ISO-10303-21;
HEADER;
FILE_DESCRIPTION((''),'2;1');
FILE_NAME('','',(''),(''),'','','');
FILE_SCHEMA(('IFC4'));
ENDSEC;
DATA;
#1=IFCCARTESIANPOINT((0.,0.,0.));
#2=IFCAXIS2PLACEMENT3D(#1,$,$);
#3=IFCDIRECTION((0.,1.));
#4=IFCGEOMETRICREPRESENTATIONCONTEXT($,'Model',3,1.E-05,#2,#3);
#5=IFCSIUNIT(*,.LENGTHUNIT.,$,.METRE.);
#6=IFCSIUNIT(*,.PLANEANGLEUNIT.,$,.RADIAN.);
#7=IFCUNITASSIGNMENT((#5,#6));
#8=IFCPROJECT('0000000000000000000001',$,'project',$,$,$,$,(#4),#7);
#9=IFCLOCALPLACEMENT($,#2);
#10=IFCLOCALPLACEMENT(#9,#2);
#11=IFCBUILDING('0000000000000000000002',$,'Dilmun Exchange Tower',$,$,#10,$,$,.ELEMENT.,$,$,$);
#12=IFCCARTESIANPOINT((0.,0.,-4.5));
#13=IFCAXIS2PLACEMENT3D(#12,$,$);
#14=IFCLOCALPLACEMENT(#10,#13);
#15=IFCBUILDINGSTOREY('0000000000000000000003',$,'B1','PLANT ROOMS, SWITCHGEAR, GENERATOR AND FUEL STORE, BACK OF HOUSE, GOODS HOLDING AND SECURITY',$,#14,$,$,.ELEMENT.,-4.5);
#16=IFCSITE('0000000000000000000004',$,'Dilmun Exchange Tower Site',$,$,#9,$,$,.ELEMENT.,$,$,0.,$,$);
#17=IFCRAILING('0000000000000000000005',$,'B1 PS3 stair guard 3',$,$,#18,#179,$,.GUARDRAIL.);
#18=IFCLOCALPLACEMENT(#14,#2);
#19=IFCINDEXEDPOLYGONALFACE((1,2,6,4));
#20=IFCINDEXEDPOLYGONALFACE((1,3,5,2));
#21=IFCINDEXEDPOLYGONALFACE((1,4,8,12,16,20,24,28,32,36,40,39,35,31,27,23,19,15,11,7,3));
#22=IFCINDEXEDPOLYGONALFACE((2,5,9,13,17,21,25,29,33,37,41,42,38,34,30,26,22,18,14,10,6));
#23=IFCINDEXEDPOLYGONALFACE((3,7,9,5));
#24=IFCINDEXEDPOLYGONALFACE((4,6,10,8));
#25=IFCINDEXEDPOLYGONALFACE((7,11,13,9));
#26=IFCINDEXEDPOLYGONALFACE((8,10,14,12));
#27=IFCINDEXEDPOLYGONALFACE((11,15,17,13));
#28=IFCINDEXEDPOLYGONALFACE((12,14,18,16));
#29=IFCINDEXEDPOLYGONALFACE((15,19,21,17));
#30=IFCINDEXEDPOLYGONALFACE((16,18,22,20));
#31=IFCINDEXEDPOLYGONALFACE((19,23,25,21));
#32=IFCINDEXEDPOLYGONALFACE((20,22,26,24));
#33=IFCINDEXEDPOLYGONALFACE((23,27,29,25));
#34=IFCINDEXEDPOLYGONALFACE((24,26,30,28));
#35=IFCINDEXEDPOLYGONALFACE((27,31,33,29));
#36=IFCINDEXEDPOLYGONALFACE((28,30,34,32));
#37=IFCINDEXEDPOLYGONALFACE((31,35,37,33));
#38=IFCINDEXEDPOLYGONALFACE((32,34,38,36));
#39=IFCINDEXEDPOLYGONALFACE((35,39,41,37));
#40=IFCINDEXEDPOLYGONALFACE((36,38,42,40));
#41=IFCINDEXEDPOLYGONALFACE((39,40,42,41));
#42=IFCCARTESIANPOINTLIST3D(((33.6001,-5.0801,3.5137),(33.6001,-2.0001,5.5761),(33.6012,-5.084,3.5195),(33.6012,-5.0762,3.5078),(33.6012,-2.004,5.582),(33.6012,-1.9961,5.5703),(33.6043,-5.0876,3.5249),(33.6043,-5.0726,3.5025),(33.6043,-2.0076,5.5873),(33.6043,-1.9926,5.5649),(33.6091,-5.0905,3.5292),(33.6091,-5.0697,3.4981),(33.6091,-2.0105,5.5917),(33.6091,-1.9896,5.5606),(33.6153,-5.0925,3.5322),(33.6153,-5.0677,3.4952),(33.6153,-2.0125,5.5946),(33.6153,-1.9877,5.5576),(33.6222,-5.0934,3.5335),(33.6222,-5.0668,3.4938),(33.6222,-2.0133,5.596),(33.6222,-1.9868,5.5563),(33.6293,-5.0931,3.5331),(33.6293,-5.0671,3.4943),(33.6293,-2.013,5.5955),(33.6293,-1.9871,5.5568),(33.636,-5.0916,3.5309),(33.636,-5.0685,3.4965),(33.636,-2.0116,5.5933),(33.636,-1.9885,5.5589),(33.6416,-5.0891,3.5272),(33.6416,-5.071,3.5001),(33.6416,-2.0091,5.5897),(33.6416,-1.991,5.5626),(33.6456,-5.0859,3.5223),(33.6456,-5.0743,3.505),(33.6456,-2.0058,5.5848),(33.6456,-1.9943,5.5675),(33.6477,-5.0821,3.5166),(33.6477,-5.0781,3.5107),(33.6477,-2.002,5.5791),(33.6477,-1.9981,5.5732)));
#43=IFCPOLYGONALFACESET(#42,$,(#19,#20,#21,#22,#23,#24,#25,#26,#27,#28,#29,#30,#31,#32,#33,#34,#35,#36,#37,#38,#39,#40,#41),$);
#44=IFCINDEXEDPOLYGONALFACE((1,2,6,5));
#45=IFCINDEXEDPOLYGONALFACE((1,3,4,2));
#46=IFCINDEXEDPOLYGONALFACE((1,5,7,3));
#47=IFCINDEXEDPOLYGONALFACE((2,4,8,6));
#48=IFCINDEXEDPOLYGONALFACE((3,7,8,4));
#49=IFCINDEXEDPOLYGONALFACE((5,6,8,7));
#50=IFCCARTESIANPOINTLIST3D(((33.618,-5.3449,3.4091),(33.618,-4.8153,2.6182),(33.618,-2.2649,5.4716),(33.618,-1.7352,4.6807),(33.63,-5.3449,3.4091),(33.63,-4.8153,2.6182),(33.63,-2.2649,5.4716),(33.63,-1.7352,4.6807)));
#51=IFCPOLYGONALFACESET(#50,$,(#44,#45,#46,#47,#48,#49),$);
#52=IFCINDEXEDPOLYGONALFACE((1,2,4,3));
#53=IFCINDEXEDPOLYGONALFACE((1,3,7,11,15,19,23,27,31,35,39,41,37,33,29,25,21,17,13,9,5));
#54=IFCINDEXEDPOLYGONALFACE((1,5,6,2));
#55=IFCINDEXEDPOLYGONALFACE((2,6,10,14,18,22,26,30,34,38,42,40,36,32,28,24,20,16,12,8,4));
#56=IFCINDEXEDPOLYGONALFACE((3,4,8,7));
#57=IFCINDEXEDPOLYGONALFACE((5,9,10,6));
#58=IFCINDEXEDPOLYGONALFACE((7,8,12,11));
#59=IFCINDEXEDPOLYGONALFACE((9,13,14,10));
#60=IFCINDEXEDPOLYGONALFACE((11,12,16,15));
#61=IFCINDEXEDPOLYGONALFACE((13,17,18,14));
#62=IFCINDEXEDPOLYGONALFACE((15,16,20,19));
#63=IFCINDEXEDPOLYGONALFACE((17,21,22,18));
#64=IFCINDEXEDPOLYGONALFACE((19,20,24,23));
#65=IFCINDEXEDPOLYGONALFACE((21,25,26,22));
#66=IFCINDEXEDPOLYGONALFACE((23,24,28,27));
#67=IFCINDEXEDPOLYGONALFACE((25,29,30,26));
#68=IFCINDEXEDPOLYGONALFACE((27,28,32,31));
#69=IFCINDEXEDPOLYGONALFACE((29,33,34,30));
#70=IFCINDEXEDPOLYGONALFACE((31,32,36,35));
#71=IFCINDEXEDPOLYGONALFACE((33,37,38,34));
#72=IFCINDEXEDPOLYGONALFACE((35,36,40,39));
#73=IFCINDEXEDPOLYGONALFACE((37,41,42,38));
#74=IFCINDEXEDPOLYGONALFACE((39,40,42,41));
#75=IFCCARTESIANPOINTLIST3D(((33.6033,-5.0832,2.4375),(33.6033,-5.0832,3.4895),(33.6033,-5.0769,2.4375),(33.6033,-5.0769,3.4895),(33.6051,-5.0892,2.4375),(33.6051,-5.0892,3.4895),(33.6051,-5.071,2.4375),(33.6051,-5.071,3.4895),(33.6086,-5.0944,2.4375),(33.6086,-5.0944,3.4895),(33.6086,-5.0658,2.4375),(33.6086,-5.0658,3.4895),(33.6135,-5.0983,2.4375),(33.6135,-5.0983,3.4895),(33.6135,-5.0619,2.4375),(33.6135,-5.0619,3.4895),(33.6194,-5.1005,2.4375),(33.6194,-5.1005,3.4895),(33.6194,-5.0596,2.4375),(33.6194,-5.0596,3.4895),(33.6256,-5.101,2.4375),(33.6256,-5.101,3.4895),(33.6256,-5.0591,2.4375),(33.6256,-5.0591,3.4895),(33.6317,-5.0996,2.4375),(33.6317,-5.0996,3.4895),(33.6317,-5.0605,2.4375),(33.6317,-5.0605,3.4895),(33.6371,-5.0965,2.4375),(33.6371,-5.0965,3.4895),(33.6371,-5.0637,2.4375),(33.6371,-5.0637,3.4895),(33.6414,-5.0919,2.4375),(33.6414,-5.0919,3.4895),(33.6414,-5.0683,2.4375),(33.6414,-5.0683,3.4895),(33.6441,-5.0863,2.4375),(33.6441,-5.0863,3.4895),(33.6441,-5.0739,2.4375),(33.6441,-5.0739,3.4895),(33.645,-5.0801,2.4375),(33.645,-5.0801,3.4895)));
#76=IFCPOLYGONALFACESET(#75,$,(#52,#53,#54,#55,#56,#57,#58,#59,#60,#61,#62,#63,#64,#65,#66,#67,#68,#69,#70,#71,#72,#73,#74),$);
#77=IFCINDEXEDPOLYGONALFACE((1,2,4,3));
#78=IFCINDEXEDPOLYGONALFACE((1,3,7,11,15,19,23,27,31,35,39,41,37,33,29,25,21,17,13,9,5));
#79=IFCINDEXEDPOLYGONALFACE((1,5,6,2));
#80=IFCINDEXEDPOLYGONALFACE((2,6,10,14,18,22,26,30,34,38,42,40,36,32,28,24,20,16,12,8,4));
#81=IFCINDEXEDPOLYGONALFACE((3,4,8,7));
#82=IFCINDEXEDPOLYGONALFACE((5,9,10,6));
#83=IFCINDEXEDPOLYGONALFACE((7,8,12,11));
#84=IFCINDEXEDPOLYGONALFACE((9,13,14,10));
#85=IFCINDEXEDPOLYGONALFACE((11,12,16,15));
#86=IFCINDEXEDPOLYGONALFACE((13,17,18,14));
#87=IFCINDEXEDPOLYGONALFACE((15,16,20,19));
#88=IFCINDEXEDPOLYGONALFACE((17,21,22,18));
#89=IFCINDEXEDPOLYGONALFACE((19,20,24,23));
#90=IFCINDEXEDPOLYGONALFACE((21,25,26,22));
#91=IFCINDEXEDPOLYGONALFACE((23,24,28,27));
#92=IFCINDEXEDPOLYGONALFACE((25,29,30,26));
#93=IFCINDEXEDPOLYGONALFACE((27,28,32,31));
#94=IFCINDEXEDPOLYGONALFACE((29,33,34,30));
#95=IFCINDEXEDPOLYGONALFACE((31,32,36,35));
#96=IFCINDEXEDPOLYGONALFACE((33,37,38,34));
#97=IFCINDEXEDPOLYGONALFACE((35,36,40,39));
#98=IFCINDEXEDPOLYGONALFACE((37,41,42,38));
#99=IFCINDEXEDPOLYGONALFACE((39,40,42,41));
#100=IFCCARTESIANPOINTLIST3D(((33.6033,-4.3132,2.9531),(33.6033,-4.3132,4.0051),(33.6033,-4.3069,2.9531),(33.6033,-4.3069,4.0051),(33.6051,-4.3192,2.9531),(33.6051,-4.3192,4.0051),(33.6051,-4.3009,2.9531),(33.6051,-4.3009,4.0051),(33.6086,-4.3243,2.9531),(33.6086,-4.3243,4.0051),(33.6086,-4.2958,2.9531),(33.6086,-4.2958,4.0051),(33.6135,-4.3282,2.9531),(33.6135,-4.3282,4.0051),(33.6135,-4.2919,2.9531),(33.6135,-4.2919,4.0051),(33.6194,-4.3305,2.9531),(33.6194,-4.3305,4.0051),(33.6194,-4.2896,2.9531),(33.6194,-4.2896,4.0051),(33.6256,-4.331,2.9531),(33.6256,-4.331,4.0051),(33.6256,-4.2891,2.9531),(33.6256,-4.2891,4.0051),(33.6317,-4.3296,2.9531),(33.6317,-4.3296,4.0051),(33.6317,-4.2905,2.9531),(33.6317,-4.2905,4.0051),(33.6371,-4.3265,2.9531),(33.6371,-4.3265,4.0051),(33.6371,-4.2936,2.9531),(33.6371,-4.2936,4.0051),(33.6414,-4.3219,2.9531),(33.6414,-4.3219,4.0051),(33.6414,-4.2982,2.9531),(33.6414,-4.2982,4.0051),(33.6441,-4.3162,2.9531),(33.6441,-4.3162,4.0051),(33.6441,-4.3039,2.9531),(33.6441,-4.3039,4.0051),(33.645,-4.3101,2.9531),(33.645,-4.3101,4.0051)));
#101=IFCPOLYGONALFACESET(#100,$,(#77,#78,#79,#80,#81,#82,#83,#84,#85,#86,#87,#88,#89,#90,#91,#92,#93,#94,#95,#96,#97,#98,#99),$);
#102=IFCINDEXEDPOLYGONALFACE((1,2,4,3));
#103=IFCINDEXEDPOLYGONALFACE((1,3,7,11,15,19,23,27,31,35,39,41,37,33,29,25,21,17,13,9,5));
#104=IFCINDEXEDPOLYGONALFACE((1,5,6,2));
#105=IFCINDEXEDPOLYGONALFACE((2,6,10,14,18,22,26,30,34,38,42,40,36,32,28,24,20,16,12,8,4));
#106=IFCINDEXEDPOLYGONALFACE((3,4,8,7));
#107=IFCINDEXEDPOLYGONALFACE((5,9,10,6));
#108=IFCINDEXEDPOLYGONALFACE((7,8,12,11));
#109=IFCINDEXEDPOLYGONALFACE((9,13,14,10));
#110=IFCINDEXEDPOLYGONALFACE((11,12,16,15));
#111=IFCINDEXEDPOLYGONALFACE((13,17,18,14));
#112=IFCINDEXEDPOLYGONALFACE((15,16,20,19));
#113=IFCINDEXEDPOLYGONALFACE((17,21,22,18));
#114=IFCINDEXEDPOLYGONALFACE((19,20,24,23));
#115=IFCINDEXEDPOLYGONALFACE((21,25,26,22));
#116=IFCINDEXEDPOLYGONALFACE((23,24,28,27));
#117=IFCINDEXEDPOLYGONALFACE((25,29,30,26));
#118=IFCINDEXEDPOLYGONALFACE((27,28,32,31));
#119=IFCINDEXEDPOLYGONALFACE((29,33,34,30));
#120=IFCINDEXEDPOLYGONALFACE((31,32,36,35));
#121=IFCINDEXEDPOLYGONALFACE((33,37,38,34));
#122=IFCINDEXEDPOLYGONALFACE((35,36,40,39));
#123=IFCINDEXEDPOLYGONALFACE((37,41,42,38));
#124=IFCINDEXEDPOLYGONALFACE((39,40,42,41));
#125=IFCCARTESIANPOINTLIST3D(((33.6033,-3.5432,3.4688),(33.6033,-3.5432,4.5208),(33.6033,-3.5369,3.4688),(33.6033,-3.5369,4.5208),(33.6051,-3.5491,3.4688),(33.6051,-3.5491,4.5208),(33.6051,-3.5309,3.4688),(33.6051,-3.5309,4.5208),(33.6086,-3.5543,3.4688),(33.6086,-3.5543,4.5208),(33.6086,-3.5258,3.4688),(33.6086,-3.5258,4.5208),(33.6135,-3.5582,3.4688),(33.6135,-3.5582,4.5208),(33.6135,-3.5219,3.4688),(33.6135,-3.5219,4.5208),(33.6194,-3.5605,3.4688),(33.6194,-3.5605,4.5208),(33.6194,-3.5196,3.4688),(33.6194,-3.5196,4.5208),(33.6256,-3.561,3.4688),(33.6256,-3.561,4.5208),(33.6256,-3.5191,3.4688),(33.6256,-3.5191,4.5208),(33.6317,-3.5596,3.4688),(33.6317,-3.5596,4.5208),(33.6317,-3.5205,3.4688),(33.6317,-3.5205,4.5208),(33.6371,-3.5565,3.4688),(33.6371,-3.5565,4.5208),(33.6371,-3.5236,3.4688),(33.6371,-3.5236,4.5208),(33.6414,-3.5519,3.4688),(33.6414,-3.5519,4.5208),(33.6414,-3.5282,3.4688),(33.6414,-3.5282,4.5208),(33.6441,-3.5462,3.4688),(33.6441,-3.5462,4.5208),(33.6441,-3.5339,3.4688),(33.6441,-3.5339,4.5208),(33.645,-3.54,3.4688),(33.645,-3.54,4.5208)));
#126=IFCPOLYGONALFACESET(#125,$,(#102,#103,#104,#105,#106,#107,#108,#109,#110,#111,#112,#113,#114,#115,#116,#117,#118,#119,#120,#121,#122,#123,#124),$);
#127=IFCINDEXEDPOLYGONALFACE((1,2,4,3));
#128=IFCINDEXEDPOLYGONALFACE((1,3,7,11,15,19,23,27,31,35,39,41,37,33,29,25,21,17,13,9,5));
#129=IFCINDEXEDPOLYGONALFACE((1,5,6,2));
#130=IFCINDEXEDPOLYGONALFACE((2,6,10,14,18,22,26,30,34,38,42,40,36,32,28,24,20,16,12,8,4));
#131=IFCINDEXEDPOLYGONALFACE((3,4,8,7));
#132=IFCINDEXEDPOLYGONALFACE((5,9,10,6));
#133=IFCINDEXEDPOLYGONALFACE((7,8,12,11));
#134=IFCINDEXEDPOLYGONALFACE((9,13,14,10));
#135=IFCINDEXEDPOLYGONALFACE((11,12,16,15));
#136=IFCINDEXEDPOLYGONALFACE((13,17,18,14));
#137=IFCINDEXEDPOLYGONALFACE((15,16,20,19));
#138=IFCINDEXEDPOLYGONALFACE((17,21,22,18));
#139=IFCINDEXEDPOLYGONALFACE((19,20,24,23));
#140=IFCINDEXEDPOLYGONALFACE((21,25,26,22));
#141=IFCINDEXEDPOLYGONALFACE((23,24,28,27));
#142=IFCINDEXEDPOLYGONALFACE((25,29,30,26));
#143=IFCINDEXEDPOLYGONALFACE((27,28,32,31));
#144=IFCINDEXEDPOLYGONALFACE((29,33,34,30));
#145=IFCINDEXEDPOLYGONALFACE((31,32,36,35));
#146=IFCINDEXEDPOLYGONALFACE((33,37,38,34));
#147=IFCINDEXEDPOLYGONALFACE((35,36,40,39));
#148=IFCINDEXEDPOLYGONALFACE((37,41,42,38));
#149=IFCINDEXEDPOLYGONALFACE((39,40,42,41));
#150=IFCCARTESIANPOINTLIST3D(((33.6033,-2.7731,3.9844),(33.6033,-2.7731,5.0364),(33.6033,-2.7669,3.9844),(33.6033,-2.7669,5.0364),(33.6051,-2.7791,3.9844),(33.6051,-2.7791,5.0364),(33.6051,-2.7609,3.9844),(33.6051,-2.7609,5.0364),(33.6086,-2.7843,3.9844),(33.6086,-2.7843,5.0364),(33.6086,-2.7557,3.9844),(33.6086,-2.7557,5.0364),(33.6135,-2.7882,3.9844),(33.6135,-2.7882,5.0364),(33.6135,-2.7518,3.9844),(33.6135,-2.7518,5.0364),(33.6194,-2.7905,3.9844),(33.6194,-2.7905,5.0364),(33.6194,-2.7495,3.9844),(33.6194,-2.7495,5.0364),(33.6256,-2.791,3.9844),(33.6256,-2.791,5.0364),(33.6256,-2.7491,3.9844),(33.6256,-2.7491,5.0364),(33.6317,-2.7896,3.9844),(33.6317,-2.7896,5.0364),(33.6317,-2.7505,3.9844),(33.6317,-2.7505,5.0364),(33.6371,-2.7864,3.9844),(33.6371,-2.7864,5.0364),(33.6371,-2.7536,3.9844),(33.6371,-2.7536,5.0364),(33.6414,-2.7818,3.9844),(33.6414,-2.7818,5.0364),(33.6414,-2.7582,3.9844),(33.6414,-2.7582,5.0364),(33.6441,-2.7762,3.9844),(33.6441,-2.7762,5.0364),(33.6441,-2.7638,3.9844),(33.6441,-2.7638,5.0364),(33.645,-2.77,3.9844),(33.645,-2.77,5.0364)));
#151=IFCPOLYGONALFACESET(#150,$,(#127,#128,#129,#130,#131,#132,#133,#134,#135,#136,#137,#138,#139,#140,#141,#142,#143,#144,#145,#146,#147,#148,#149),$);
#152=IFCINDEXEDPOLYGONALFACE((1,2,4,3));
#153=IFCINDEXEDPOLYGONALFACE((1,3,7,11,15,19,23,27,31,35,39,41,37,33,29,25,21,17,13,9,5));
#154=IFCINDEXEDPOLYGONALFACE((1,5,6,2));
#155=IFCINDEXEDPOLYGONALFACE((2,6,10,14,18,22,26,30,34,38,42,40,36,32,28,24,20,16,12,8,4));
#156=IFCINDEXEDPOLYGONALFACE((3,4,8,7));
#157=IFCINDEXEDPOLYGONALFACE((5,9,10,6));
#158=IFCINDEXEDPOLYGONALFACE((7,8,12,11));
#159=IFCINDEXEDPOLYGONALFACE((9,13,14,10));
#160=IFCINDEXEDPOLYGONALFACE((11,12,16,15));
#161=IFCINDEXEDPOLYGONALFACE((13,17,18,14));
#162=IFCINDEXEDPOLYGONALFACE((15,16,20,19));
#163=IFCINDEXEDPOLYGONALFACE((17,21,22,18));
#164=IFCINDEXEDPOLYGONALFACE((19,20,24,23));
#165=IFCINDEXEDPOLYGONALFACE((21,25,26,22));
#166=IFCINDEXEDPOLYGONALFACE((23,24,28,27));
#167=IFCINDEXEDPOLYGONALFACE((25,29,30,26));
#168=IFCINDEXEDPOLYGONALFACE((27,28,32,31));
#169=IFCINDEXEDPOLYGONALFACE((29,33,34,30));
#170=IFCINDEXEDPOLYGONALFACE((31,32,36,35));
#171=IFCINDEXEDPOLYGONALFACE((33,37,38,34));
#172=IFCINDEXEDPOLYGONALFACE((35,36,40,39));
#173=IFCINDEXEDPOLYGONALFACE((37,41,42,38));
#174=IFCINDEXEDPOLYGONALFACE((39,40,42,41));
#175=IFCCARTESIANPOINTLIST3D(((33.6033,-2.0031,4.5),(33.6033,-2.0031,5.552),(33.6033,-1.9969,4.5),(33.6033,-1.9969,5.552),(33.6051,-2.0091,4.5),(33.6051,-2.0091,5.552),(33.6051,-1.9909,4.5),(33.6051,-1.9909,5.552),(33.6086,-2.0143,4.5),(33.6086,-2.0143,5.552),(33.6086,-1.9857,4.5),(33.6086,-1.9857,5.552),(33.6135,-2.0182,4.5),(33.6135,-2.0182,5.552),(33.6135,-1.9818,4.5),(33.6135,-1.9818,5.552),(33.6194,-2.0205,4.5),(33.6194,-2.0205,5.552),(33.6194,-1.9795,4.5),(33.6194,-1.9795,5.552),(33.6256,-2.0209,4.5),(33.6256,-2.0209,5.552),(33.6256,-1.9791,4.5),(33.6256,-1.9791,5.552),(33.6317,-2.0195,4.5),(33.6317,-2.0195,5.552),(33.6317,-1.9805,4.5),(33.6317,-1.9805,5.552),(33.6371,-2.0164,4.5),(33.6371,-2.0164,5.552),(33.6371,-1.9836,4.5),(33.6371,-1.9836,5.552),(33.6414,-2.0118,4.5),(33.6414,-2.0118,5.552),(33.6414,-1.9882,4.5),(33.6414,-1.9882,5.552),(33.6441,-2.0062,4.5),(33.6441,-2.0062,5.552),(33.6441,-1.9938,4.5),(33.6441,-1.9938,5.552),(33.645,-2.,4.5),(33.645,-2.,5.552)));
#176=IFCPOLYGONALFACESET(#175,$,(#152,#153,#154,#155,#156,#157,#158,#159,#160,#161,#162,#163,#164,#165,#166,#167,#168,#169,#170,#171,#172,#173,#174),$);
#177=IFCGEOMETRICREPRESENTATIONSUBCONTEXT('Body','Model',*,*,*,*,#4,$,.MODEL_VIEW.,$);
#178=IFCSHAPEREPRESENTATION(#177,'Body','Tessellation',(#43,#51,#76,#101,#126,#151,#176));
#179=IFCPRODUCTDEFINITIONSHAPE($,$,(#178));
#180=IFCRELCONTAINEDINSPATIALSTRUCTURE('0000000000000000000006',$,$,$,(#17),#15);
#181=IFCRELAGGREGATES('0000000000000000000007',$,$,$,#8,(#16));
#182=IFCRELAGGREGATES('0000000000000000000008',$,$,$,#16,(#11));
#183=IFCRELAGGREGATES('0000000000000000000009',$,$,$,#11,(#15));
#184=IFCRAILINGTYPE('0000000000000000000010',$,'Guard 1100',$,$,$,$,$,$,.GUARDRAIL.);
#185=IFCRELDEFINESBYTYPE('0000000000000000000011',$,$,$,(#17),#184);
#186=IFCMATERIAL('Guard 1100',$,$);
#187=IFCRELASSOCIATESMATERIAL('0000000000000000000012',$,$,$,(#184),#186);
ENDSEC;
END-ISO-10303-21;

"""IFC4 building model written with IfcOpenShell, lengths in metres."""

from ifc_helpers import new_model, si_unit, direction, frame, origin, origin_2d, place, context, subcontext, project, spatial, rectangle, circle, extrude, material, type_object, element, save


model = new_model("IFC4")

# Units and contexts
model_context = context("Model", 3, precision=1e-05, world=origin(), true_north=direction((0.0, 1.0)))
body_context = subcontext(model_context, "Body", "Model", "MODEL_VIEW")
ifc_project = project(units=[si_unit("LENGTHUNIT", "METRE"), si_unit("PLANEANGLEUNIT", "RADIAN")], contexts=[model_context])

# Site, building, storey
site_placement = place(None, origin())
site = spatial("IfcSite", under=ifc_project, at=site_placement, Name="Dilmun Exchange Tower Site", CompositionType="ELEMENT", RefElevation=0.0)
building_placement = place(site_placement, origin())
building = spatial("IfcBuilding", under=site, at=building_placement, Name="Dilmun Exchange Tower", CompositionType="ELEMENT")
storey_placement = place(building_placement, frame((0.0, 0.0, -4.5)))
storey = spatial("IfcBuildingStorey", under=building, at=storey_placement, Name="B1", Description="PLANT ROOMS, SWITCHGEAR, GENERATOR AND FUEL STORE, BACK OF HOUSE, GOODS HOLDING AND SECURITY", CompositionType="ELEMENT", Elevation=-4.5)

# Railing
ifc_material_1 = material(Name="Guard 1100")
railing_type_1 = type_object("IfcRailingType", Name="Guard 1100", PredefinedType="GUARDRAIL", material=ifc_material_1)
railing_1_placement = place(storey_placement, frame((33.624, -5.0801, 2.4375)))
element("IfcRailing", 1, at=railing_1_placement, inside=storey, type_object=railing_type_1, Name="B1 PS3 stair guard 3", PredefinedType="GUARDRAIL", context=body_context, shape_type="SweptSolid", body=[
    extrude(circle(Radius=0.0239, at=origin_2d()), frame((0.0, 0.0, 1.0762), z_axis=(0.0, 0.830914, 0.556401), x_axis=(-1.0, 0.0, 0.0)), (0.0, 0.0, 1.0), 3.7068),
    extrude(rectangle(XDim=0.012, YDim=0.9519, at=origin_2d()), frame((0.0, 0.0, 0.5762), z_axis=(0.0, 0.830914, 0.556401), x_axis=(-1.0, 0.0, 0.0)), (0.0, 0.0, 1.0), 3.7068),
    extrude(circle(Radius=0.021, at=origin_2d()), origin(), (0.0, 0.0, 1.0), 1.052),
    extrude(circle(Radius=0.021, at=origin_2d()), frame((0.0, 0.77, 0.5156)), (0.0, 0.0, 1.0), 1.052),
    extrude(circle(Radius=0.021, at=origin_2d()), frame((0.0, 1.54, 1.0312)), (0.0, 0.0, 1.0), 1.052),
    extrude(circle(Radius=0.021, at=origin_2d()), frame((0.0, 2.3101, 1.5469)), (0.0, 0.0, 1.0), 1.052),
    extrude(circle(Radius=0.021, at=origin_2d()), frame((0.0, 3.0801, 2.0625)), (0.0, 0.0, 1.0), 1.052),
])

save(model, "model.ifc")
